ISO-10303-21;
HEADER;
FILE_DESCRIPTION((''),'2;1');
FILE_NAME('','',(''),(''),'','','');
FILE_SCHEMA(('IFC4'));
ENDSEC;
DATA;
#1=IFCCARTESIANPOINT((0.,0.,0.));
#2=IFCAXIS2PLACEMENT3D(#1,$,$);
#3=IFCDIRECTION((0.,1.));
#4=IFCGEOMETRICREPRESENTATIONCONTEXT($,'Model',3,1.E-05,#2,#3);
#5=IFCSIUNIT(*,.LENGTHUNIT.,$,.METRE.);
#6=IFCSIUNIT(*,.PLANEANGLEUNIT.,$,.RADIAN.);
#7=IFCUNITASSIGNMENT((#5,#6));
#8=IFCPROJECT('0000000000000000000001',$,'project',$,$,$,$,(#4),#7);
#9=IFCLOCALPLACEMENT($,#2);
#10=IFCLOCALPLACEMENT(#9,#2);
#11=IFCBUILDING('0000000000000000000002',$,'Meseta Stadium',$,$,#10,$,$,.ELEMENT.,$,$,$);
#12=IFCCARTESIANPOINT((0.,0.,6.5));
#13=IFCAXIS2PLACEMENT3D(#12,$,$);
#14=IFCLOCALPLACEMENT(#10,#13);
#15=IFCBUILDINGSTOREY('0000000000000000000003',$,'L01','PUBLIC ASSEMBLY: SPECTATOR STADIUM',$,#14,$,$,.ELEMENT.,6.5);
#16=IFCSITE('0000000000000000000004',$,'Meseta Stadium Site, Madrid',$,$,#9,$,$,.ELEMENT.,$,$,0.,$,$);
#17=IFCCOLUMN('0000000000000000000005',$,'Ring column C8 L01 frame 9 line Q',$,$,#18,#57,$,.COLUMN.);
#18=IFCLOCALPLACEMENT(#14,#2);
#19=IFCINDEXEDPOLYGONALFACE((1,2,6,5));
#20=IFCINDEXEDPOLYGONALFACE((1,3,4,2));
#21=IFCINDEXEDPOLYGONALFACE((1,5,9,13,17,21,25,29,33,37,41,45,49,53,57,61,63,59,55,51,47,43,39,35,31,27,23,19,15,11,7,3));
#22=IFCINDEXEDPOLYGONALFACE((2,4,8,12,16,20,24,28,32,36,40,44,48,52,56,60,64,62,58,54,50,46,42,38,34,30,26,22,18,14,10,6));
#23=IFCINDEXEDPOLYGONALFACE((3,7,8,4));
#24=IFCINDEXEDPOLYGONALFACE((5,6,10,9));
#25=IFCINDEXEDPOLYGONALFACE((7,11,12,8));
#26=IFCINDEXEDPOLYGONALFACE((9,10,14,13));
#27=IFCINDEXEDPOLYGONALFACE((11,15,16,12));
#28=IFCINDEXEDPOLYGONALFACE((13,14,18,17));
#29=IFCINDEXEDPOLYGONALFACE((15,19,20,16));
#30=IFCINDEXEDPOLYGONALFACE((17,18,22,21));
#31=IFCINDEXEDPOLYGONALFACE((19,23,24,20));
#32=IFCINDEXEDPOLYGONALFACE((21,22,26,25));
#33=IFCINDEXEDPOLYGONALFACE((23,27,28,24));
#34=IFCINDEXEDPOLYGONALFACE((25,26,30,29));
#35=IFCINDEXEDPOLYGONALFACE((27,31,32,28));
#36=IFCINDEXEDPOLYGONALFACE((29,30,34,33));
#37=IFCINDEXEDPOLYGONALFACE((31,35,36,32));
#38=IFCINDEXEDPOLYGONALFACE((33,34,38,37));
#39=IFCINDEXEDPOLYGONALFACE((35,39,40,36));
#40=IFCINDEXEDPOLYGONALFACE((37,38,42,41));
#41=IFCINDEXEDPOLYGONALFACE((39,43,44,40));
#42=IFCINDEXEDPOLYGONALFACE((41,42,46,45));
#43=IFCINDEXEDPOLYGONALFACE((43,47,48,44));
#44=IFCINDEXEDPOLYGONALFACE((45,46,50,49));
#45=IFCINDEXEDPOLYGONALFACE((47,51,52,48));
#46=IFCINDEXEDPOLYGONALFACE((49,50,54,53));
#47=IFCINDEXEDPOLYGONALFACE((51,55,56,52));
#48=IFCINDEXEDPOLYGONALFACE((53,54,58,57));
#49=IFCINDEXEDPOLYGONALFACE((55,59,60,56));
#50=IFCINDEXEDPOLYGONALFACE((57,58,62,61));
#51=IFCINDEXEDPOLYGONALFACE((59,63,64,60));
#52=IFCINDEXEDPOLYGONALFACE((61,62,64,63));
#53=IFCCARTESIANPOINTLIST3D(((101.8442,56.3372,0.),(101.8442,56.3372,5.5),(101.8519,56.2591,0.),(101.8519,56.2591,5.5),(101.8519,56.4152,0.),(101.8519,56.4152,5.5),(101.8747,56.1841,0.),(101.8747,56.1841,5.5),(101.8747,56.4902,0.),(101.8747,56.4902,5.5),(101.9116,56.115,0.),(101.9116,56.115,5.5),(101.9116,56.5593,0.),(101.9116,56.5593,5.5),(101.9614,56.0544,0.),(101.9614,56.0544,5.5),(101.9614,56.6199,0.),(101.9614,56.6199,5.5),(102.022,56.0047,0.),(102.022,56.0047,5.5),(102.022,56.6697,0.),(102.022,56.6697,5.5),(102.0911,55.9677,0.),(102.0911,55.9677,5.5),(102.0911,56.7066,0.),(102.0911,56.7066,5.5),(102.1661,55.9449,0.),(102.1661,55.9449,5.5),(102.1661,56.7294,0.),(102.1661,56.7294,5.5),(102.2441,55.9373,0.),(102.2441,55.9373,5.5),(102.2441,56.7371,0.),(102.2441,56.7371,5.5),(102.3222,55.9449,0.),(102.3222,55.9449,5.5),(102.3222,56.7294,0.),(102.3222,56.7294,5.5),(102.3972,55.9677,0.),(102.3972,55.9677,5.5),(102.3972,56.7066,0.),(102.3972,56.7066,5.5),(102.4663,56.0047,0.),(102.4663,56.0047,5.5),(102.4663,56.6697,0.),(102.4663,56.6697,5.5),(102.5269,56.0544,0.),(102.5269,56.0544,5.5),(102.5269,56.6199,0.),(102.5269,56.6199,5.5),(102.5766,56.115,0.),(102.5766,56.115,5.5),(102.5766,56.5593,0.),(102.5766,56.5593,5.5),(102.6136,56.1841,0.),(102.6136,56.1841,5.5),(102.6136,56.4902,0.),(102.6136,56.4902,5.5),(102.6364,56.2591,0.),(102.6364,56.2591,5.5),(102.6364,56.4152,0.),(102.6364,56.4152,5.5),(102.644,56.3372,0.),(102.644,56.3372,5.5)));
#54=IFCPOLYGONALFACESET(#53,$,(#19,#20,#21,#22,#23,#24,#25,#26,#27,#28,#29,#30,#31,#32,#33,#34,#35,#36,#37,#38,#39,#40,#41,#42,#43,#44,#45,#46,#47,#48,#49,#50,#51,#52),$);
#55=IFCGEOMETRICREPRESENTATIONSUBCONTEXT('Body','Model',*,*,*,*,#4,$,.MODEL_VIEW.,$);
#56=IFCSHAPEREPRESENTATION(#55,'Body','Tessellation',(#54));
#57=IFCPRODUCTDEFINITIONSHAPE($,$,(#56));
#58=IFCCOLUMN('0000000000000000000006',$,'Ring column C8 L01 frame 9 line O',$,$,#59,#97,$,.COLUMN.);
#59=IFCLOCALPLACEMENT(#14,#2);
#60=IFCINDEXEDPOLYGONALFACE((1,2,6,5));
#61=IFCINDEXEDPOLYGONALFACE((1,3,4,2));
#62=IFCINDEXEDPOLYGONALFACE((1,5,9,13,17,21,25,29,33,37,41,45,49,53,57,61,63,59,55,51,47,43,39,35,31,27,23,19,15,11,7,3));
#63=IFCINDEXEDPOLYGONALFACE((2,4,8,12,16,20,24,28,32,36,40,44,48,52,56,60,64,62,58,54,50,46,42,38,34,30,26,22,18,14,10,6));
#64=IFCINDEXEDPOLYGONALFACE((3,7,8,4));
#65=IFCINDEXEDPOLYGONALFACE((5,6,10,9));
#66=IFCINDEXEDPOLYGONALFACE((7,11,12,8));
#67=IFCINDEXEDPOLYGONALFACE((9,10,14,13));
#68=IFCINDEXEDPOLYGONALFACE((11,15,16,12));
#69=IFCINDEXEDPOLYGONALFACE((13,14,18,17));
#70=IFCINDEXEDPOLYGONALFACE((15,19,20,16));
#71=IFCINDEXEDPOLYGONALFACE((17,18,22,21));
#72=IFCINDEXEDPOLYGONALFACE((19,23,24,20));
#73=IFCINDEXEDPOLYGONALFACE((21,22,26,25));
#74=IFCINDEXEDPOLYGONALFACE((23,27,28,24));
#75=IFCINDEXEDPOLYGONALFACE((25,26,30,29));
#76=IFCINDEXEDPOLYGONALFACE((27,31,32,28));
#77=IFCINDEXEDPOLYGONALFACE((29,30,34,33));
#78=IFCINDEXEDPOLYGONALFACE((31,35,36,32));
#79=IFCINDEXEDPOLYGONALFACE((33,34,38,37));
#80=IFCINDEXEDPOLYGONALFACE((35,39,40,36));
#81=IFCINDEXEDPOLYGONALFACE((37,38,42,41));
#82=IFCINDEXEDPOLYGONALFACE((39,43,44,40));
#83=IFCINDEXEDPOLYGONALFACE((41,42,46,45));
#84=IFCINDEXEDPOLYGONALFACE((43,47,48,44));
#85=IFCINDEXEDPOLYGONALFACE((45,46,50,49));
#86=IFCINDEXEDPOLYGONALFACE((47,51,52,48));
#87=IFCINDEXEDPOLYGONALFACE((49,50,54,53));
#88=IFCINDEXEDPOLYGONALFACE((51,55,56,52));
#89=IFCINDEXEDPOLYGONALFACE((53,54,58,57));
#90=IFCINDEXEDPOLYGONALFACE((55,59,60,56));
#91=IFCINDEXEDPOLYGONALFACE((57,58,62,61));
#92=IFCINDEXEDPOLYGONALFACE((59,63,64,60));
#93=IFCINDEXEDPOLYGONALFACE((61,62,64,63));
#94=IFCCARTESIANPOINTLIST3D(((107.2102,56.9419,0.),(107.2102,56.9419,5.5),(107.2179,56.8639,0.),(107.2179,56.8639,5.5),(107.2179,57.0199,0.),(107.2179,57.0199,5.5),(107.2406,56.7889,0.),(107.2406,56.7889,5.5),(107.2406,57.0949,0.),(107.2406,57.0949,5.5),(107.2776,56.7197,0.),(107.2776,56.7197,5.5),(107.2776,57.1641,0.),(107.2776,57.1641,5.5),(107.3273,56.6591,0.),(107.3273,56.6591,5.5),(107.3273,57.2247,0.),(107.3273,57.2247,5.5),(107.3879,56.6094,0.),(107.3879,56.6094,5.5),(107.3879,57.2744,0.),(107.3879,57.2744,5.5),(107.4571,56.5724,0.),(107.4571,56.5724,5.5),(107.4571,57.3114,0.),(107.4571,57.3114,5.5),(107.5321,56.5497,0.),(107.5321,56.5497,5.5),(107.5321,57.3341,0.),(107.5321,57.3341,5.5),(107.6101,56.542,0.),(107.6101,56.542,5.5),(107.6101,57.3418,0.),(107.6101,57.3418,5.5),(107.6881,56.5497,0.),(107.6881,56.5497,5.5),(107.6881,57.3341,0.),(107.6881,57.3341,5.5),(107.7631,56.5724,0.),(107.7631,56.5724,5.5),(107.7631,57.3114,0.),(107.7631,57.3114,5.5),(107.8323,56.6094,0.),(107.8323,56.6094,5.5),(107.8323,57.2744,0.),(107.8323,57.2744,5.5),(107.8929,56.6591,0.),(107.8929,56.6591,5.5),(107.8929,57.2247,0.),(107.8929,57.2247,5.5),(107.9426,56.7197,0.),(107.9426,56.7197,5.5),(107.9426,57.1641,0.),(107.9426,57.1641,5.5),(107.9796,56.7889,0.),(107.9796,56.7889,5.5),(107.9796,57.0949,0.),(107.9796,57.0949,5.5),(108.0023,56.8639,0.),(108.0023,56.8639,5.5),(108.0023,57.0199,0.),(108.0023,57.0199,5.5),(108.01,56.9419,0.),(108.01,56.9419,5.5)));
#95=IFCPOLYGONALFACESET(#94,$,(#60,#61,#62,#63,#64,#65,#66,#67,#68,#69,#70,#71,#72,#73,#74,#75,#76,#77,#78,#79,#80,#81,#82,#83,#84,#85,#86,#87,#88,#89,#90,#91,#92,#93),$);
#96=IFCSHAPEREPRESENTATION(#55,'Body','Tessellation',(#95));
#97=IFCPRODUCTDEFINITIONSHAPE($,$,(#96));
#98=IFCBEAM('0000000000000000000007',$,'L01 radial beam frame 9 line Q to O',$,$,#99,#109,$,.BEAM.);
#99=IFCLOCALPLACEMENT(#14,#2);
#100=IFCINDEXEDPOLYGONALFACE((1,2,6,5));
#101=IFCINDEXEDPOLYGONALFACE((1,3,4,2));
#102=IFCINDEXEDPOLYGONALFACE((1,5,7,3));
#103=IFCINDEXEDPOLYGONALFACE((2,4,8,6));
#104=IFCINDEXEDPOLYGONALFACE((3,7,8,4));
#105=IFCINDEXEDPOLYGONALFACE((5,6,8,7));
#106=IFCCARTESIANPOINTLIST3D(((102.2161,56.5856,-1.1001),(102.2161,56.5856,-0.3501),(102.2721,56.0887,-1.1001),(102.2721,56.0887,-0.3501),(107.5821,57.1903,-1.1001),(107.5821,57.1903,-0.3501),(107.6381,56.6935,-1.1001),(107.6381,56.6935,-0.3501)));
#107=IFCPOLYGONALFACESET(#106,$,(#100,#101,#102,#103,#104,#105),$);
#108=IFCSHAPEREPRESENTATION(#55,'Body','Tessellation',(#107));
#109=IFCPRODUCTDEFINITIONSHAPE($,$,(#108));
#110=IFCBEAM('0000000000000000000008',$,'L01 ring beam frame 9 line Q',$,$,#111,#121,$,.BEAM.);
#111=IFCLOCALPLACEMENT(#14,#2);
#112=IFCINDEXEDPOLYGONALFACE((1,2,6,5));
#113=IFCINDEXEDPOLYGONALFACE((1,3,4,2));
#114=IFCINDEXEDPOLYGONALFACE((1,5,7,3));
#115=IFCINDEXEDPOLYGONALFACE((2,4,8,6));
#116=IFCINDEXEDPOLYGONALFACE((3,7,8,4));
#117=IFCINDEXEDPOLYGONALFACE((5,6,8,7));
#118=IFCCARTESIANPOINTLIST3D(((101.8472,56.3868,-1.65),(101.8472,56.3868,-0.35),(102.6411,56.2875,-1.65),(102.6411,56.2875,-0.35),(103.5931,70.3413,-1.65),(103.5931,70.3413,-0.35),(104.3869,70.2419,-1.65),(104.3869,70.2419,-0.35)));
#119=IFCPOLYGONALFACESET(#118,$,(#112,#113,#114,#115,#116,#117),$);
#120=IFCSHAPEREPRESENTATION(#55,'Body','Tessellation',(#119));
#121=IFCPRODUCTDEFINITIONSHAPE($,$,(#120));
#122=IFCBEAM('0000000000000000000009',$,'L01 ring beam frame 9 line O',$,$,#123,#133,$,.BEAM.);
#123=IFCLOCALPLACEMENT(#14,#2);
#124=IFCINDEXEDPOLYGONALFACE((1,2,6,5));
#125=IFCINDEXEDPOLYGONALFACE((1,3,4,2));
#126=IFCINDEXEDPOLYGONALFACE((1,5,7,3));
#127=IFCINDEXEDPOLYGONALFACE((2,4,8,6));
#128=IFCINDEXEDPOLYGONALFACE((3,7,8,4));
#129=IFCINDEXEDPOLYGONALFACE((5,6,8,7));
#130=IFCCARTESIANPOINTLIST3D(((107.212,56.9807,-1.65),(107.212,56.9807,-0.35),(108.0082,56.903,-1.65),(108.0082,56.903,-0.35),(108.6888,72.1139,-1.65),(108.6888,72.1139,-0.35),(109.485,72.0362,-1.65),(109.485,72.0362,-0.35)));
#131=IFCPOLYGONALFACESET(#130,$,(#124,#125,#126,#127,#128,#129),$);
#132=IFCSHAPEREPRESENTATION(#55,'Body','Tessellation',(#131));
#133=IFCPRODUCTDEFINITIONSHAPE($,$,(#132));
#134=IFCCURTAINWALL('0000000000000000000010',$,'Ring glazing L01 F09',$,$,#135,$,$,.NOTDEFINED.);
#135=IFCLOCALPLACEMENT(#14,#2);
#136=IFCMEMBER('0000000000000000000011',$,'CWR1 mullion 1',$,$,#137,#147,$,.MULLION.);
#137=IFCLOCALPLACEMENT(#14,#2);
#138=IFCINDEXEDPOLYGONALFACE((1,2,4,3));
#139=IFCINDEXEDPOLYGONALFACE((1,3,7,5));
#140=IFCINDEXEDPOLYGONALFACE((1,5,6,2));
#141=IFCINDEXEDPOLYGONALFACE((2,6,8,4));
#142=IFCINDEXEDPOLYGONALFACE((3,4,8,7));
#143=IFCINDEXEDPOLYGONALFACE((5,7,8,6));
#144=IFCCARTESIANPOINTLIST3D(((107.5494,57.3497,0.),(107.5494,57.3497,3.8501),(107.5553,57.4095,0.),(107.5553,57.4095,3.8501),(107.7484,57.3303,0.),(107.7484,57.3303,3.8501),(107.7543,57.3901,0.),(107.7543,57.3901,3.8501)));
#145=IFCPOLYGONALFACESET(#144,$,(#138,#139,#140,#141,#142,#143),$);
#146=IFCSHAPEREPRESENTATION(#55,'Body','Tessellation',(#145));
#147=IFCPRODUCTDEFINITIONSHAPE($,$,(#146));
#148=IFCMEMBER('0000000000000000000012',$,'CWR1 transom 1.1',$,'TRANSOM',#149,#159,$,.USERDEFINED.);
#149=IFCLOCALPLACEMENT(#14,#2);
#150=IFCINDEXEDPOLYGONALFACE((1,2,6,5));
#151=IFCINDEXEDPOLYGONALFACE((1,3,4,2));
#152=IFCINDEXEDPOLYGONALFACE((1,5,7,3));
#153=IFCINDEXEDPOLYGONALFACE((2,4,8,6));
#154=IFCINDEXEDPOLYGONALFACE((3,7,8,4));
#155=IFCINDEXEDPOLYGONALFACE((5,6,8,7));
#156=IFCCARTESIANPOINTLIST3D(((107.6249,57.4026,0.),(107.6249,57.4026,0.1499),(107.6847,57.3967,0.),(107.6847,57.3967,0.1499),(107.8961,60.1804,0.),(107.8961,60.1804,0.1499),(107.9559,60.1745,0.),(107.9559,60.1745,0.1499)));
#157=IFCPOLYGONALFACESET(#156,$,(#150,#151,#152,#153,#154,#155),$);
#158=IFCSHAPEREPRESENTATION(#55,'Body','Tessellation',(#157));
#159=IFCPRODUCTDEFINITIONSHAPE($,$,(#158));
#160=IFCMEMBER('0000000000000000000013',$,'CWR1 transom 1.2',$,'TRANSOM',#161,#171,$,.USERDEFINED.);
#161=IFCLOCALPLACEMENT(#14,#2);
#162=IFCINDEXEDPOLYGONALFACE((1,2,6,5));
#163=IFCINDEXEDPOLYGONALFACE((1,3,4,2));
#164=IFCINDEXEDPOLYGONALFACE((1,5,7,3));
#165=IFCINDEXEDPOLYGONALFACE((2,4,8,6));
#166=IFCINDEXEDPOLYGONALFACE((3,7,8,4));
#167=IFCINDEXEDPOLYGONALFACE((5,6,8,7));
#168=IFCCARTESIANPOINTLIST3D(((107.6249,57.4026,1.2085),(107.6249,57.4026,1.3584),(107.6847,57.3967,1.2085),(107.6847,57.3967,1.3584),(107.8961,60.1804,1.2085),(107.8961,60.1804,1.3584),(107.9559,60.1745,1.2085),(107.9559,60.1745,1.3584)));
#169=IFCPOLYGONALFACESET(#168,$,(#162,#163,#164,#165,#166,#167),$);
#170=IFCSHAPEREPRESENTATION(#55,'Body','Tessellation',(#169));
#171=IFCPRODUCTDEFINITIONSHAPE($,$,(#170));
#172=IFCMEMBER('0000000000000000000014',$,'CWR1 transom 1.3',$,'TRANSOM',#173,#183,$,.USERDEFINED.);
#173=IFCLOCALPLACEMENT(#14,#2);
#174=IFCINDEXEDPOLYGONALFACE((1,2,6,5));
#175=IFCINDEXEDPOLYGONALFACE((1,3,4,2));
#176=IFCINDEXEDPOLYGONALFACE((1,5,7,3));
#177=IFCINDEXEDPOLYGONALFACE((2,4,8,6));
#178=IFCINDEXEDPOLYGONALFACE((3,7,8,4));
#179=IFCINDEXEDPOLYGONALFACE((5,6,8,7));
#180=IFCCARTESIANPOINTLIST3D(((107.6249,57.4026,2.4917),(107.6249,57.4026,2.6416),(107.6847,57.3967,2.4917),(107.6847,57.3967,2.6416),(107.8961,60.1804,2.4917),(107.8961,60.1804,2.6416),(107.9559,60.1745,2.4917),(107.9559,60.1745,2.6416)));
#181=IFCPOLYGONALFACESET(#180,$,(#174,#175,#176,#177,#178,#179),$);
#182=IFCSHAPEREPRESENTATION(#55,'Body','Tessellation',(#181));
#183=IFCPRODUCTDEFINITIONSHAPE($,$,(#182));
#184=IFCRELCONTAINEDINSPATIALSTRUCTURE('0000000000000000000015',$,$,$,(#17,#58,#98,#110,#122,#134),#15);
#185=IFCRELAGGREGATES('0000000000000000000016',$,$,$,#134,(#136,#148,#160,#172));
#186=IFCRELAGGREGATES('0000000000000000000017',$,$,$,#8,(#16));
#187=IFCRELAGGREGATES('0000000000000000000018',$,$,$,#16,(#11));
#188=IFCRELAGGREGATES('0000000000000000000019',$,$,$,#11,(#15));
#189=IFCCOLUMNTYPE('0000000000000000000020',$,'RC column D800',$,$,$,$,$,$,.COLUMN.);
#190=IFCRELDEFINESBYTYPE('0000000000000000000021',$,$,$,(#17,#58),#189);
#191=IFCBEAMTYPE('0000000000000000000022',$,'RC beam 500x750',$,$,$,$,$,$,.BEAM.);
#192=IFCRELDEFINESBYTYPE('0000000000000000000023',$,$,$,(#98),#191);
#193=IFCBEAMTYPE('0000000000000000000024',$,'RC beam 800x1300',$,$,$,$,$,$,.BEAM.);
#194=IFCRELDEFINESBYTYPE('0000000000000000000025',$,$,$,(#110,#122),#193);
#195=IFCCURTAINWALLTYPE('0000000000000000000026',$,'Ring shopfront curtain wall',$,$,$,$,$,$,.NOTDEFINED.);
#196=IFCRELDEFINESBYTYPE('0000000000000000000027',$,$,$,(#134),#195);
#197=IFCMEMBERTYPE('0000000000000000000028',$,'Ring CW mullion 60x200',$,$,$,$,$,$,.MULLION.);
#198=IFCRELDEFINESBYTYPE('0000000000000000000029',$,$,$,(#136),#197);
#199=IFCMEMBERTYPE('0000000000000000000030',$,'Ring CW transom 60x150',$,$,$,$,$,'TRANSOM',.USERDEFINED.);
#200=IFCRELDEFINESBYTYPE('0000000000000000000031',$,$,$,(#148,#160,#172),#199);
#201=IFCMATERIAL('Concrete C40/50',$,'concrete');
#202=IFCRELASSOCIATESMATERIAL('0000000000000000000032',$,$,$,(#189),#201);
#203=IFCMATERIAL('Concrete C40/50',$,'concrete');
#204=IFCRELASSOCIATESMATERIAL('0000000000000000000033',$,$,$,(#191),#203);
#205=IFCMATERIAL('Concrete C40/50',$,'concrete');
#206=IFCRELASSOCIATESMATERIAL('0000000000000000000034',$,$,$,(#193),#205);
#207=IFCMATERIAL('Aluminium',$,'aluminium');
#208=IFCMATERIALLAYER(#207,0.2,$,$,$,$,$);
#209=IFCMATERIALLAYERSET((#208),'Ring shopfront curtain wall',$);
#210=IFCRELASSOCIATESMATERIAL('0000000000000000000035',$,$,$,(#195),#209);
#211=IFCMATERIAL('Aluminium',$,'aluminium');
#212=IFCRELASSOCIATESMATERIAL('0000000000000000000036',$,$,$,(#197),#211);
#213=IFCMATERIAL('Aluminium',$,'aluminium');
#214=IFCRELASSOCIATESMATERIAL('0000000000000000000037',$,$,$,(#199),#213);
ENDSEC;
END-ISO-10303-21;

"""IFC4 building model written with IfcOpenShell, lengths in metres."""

from ifc_helpers import new_model, si_unit, direction, frame, origin, origin_2d, place, context, subcontext, project, spatial, rectangle, circle, extrude, material, layer, layer_set, material_profile, profile_set, type_object, element, aggregate, save


model = new_model("IFC4")

# Units and contexts
model_context = context("Model", 3, precision=1e-05, world=origin(), true_north=direction((0.0, 1.0)))
body_context = subcontext(model_context, "Body", "Model", "MODEL_VIEW")
ifc_project = project(units=[si_unit("LENGTHUNIT", "METRE"), si_unit("PLANEANGLEUNIT", "RADIAN")], contexts=[model_context])

# Site, building, storey
site_placement = place(None, origin())
site = spatial("IfcSite", under=ifc_project, at=site_placement, Name="Meseta Stadium Site, Madrid", CompositionType="ELEMENT", RefElevation=0.0)
building_placement = place(site_placement, origin())
building = spatial("IfcBuilding", under=site, at=building_placement, Name="Meseta Stadium", CompositionType="ELEMENT")
storey_placement = place(building_placement, frame((0.0, 0.0, 6.5)))
storey = spatial("IfcBuildingStorey", under=building, at=storey_placement, Name="L01", Description="PUBLIC ASSEMBLY: SPECTATOR STADIUM", CompositionType="ELEMENT", Elevation=6.5)

# Columns
ifc_material_1 = material(Name="Concrete C40/50", Category="concrete")
ifc_material_profile_1 = material_profile(ifc_material_1, circle(Radius=0.3999, at=origin_2d()), Name="RC D800")
ifc_profile_set_1 = profile_set([ifc_material_profile_1], Name="Concrete C40/50")
column_type = type_object("IfcColumnType", Name="RC column D800", PredefinedType="COLUMN", material=ifc_profile_set_1)
for number, where, z_axis, x_axis, name in (
    (1, (102.2441, 56.3372, 0.0), (0.0, 0.0, 1.0), (1.0, 0.0, 0.0), "Ring column C8 L01 frame 9 line Q"),
    (2, (107.6101, 56.9419, 0.0), (0.0, 0.0, 1.0), (1.0, 0.0, 0.0), "Ring column C8 L01 frame 9 line O"),
):
    element("IfcColumn", number, at=place(storey_placement, frame(where, z_axis=z_axis, x_axis=x_axis)), inside=storey, type_object=column_type, Name=name, PredefinedType="COLUMN", context=body_context, shape_type="SweptSolid", body=[
        extrude(circle(Radius=0.3999, at=origin_2d()), origin(), (0.0, 0.0, 1.0), 5.5),
    ])

# Beams
ifc_material_2 = material(Name="Concrete C40/50", Category="concrete")
ifc_material_profile_2 = material_profile(ifc_material_2, rectangle(XDim=0.5, YDim=0.75, at=origin_2d()), Name="RC 500x750")
ifc_profile_set_2 = profile_set([ifc_material_profile_2], Name="Concrete C40/50")
beam_type_1 = type_object("IfcBeamType", Name="RC beam 500x750", PredefinedType="BEAM", material=ifc_profile_set_2)
beam_1_placement = place(storey_placement, frame((102.2441, 56.3372, -0.7251), z_axis=(0.993709, 0.11199, 0.0), x_axis=(-0.11199, 0.993709, 0.0)))
element("IfcBeam", 3, at=beam_1_placement, inside=storey, type_object=beam_type_1, Name="L01 radial beam frame 9 line Q to O", PredefinedType="BEAM", context=body_context, shape_type="SweptSolid", body=[
    extrude(rectangle(XDim=0.5, YDim=0.75, at=origin_2d()), origin(), (0.0, 0.0, 1.0), 5.3999),
])
ifc_material_3 = material(Name="Concrete C40/50", Category="concrete")
ifc_material_profile_3 = material_profile(ifc_material_3, rectangle(XDim=0.8, YDim=1.3, at=origin_2d()), Name="RC 800x1300")
ifc_profile_set_3 = profile_set([ifc_material_profile_3], Name="Concrete C40/50")
beam_type_2 = type_object("IfcBeamType", Name="RC beam 800x1300", PredefinedType="BEAM", material=ifc_profile_set_3)
beam_2_placement = place(storey_placement, frame((102.2441, 56.3372, -1.0), z_axis=(0.124144, 0.992264, 0.0), x_axis=(-0.992264, 0.124144, 0.0)))
element("IfcBeam", 4, at=beam_2_placement, inside=storey, type_object=beam_type_2, Name="L01 ring beam frame 9 line Q", PredefinedType="BEAM", context=body_context, shape_type="SweptSolid", body=[
    extrude(rectangle(XDim=0.8, YDim=1.3, at=origin_2d()), origin(), (0.0, 0.0, 1.0), 14.0632),
])
beam_3_placement = place(storey_placement, frame((107.6101, 56.9419, -1.0), z_axis=(0.097125, 0.995272, 0.0), x_axis=(-0.995272, 0.097125, 0.0)))
element("IfcBeam", 5, at=beam_3_placement, inside=storey, type_object=beam_type_2, Name="L01 ring beam frame 9 line O", PredefinedType="BEAM", context=body_context, shape_type="SweptSolid", body=[
    extrude(rectangle(XDim=0.8, YDim=1.3, at=origin_2d()), origin(), (0.0, 0.0, 1.0), 15.2051),
])

# Curtain wall, members
ifc_material_4 = material(Name="Aluminium", Category="aluminium")
ifc_layer_1 = layer(ifc_material_4, 0.2)
ifc_layer_set_1 = layer_set([ifc_layer_1], Name="Ring shopfront curtain wall")
curtain_wall_type = type_object("IfcCurtainWallType", Name="Ring shopfront curtain wall", PredefinedType="NOTDEFINED", material=ifc_layer_set_1)
curtain_wall_placement = place(storey_placement, origin())
curtain_wall = element("IfcCurtainWall", 6, at=curtain_wall_placement, inside=storey, type_object=curtain_wall_type, Name="Ring glazing L01 F09", PredefinedType="NOTDEFINED")
ifc_material_5 = material(Name="Aluminium", Category="aluminium")
ifc_material_profile_4 = material_profile(ifc_material_5, rectangle(XDim=0.2, YDim=0.0601, at=origin_2d()), Name="CW 200x60")
ifc_profile_set_4 = profile_set([ifc_material_profile_4], Name="Aluminium")
member_type_1 = type_object("IfcMemberType", Name="Ring CW mullion 60x200", PredefinedType="MULLION", material=ifc_profile_set_4)
member_1_placement = place(storey_placement, frame((107.6519, 57.3699, 0.0), z_axis=(0.0, 0.0, 1.0), x_axis=(-0.995272, 0.097125, 0.0)))
member_1 = element("IfcMember", 7, at=member_1_placement, type_object=member_type_1, Name="CWR1 mullion 1", PredefinedType="MULLION", context=body_context, shape_type="SweptSolid", body=[
    extrude(rectangle(XDim=0.2, YDim=0.0601, at=origin_2d()), origin(), (0.0, 0.0, 1.0), 3.8501),
])
ifc_material_6 = material(Name="Aluminium", Category="aluminium")
ifc_material_profile_5 = material_profile(ifc_material_6, rectangle(XDim=0.0601, YDim=0.1499, at=origin_2d()), Name="CW 60x150")
ifc_profile_set_5 = profile_set([ifc_material_profile_5], Name="Aluminium")
member_type_2 = type_object("IfcMemberType", Name="Ring CW transom 60x150", ElementType="TRANSOM", PredefinedType="USERDEFINED", material=ifc_profile_set_5)
member_2_placement = place(storey_placement, frame((107.6548, 57.3997, 0.075), z_axis=(0.097182, 0.995267, 0.0), x_axis=(-0.995267, 0.097182, 0.0)))
member_2 = element("IfcMember", 8, at=member_2_placement, type_object=member_type_2, Name="CWR1 transom 1.1", ObjectType="TRANSOM", PredefinedType="USERDEFINED", context=body_context, shape_type="SweptSolid", body=[
    extrude(rectangle(XDim=0.0601, YDim=0.1499, at=origin_2d()), origin(), (0.0, 0.0, 1.0), 2.791),
])
member_3_placement = place(storey_placement, frame((107.6548, 57.3997, 1.2834), z_axis=(0.097182, 0.995267, 0.0), x_axis=(-0.995267, 0.097182, 0.0)))
member_3 = element("IfcMember", 9, at=member_3_placement, type_object=member_type_2, Name="CWR1 transom 1.2", ObjectType="TRANSOM", PredefinedType="USERDEFINED", context=body_context, shape_type="SweptSolid", body=[
    extrude(rectangle(XDim=0.0601, YDim=0.1499, at=origin_2d()), origin(), (0.0, 0.0, 1.0), 2.791),
])
member_4_placement = place(storey_placement, frame((107.6548, 57.3997, 2.5667), z_axis=(0.097182, 0.995267, 0.0), x_axis=(-0.995267, 0.097182, 0.0)))
member_4 = element("IfcMember", 10, at=member_4_placement, type_object=member_type_2, Name="CWR1 transom 1.3", ObjectType="TRANSOM", PredefinedType="USERDEFINED", context=body_context, shape_type="SweptSolid", body=[
    extrude(rectangle(XDim=0.0601, YDim=0.1499, at=origin_2d()), origin(), (0.0, 0.0, 1.0), 2.791),
])
aggregate(curtain_wall, [member_1, member_2, member_3, member_4])

save(model, "model.ifc")
